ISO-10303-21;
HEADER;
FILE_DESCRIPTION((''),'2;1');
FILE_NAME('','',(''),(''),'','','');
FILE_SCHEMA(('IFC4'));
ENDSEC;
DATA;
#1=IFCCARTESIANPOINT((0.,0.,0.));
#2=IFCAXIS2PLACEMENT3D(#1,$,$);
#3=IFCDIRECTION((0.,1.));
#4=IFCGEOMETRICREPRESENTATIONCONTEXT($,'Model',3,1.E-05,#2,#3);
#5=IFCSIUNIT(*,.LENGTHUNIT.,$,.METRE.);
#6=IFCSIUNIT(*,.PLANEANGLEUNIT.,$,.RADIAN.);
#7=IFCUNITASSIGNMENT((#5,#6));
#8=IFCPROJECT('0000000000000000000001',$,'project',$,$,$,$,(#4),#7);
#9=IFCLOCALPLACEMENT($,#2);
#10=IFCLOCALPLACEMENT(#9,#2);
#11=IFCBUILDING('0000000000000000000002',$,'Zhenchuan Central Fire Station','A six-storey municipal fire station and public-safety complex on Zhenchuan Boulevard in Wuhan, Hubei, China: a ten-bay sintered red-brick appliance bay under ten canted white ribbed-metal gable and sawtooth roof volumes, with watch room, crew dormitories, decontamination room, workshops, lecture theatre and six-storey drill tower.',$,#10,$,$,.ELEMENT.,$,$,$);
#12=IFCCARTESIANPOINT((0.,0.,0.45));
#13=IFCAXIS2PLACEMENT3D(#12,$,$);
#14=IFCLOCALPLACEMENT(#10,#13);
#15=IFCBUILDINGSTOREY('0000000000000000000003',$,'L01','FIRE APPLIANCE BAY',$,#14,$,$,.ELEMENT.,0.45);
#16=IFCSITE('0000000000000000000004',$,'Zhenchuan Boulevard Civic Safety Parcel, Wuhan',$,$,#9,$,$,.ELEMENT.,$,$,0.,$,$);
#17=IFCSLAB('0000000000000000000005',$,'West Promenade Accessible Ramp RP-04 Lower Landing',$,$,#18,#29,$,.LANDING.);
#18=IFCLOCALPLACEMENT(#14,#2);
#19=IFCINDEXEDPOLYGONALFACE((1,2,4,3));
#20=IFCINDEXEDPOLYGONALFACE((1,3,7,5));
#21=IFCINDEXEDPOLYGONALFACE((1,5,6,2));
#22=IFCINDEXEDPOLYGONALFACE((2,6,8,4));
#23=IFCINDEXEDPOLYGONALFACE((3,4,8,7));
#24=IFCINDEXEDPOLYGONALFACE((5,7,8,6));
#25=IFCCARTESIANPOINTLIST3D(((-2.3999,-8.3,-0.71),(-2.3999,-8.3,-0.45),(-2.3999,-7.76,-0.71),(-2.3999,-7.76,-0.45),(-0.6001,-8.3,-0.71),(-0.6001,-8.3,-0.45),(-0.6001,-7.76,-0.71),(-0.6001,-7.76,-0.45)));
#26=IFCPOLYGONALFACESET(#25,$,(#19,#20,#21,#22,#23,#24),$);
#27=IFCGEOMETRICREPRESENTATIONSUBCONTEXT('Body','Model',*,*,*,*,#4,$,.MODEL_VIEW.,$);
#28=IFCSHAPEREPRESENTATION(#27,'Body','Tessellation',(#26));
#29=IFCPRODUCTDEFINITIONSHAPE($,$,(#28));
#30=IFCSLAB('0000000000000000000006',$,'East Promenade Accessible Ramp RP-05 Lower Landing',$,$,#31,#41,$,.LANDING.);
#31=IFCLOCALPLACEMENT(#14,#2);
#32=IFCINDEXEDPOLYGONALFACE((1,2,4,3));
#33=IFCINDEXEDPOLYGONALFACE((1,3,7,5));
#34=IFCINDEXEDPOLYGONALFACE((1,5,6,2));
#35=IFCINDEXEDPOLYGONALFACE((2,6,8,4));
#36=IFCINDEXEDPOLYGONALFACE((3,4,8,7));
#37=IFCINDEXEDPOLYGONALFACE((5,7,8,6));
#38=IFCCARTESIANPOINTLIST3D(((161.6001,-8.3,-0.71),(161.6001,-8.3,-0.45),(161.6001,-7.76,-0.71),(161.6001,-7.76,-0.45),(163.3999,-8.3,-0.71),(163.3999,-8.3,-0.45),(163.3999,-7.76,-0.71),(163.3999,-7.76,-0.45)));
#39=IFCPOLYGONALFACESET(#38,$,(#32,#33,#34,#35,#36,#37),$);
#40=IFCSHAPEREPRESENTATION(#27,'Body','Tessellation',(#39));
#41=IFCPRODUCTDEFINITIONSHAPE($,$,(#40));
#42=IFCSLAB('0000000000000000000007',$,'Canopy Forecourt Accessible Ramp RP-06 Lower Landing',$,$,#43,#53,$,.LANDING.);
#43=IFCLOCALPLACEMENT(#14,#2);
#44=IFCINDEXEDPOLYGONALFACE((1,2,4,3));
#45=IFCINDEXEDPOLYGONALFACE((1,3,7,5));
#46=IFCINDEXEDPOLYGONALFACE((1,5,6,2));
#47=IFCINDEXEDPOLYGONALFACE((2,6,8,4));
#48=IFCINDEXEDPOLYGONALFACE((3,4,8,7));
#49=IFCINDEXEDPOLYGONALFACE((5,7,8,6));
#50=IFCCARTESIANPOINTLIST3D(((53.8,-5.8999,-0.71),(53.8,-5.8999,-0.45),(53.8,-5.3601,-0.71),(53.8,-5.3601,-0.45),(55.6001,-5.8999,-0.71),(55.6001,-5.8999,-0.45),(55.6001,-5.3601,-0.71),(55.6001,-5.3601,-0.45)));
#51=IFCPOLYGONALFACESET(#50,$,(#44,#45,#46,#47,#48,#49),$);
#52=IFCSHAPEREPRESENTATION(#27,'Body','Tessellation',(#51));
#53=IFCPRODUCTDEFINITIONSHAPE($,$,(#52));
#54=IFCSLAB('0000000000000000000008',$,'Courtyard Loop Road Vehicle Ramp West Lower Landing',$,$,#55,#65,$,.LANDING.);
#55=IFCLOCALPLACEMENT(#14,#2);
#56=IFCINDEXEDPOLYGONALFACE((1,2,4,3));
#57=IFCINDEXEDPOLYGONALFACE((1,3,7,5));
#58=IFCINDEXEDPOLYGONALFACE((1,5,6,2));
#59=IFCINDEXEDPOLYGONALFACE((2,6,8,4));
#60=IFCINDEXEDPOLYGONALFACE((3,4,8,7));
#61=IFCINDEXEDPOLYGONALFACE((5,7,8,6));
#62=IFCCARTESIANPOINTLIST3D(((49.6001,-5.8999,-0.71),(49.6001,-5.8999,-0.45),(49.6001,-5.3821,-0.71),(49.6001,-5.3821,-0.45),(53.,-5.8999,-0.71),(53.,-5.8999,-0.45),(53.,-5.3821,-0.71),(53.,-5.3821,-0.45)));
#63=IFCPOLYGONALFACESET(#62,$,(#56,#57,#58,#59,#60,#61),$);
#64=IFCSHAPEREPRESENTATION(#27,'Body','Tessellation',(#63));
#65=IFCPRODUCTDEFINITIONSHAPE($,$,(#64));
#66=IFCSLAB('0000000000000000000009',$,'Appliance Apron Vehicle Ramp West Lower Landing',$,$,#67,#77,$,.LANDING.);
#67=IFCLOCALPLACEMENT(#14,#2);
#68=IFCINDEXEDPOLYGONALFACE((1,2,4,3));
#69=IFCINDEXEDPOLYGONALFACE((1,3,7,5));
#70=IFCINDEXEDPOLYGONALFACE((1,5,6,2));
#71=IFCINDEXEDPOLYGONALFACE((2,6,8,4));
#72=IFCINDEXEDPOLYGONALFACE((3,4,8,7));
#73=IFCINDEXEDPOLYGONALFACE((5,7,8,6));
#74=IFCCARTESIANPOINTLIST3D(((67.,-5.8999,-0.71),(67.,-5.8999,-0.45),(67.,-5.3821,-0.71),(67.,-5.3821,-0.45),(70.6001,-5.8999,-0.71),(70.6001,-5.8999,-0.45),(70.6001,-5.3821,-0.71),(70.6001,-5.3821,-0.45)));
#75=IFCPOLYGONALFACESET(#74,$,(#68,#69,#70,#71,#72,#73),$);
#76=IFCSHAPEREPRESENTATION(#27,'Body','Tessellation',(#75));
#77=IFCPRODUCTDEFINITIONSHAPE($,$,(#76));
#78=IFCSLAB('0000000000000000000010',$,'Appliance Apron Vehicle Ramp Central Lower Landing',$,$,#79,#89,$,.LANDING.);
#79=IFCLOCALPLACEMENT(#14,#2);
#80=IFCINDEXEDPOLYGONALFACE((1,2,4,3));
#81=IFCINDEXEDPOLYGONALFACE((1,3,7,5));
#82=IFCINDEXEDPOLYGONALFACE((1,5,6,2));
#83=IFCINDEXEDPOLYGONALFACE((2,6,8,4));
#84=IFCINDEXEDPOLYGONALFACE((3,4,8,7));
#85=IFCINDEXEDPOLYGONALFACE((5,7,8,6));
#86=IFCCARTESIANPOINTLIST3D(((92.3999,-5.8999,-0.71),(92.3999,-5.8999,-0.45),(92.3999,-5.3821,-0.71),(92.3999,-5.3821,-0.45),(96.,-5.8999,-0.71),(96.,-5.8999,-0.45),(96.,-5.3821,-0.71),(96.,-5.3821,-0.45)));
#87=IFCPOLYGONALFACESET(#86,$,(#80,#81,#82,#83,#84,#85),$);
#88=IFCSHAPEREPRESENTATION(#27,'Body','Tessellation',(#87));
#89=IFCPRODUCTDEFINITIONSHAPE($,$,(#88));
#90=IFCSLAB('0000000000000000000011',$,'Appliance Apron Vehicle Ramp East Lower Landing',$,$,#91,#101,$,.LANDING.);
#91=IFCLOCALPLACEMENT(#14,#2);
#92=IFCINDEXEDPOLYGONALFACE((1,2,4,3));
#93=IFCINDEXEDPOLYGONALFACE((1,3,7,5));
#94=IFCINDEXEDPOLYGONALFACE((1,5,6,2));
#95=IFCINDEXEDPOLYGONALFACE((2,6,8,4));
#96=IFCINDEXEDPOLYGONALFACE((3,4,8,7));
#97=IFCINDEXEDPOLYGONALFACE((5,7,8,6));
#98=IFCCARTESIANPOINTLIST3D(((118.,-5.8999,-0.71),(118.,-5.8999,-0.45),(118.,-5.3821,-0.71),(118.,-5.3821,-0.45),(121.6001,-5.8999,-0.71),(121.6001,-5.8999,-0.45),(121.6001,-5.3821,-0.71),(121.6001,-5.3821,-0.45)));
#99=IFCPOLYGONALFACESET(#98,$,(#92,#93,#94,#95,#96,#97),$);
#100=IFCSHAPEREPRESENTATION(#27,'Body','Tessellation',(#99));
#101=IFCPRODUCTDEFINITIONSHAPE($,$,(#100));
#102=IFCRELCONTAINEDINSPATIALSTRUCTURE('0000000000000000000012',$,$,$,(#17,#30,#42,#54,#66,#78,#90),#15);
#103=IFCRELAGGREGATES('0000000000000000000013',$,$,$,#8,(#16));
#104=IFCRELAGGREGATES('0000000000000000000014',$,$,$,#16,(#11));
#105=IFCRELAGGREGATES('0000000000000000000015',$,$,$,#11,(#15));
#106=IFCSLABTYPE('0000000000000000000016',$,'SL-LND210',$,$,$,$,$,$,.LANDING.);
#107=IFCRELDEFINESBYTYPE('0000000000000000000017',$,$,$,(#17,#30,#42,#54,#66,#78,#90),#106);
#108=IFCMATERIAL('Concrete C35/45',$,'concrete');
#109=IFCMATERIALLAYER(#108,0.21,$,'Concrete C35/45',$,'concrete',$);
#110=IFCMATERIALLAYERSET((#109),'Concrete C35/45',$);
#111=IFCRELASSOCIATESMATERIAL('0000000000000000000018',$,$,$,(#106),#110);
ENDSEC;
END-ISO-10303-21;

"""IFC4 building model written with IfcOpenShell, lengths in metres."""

from ifc_helpers import new_model, si_unit, direction, frame, origin, place, context, subcontext, project, spatial, polyline, outline, extrude, material, layer, layer_set, type_object, element, save


model = new_model("IFC4")

# Units and contexts
model_context = context("Model", 3, precision=1e-05, world=origin(), true_north=direction((0.0, 1.0)))
body_context = subcontext(model_context, "Body", "Model", "MODEL_VIEW")
ifc_project = project(units=[si_unit("LENGTHUNIT", "METRE"), si_unit("PLANEANGLEUNIT", "RADIAN")], contexts=[model_context])

# Site, building, storey
site_placement = place(None, origin())
site = spatial("IfcSite", under=ifc_project, at=site_placement, Name="Zhenchuan Boulevard Civic Safety Parcel, Wuhan", CompositionType="ELEMENT", RefElevation=0.0)
building_placement = place(site_placement, origin())
building = spatial("IfcBuilding", under=site, at=building_placement, Name="Zhenchuan Central Fire Station", Description="A six-storey municipal fire station and public-safety complex on Zhenchuan Boulevard in Wuhan, Hubei, China: a ten-bay sintered red-brick appliance bay under ten canted white ribbed-metal gable and sawtooth roof volumes, with watch room, crew dormitories, decontamination room, workshops, lecture theatre and six-storey drill tower.", CompositionType="ELEMENT")
storey_placement = place(building_placement, frame((0.0, 0.0, 0.45)))
storey = spatial("IfcBuildingStorey", under=building, at=storey_placement, Name="L01", Description="FIRE APPLIANCE BAY", CompositionType="ELEMENT", Elevation=0.45)

# Shared definitions
ifc_material = material(Name="Concrete C35/45", Category="concrete")

# Slabs
ifc_layer_1 = layer(ifc_material, 0.21, Name="Concrete C35/45", Category="concrete")
ifc_layer_set_1 = layer_set([ifc_layer_1], Name="Concrete C35/45")
slab_type_1 = type_object("IfcSlabType", Name="SL-LND210", PredefinedType="LANDING", material=ifc_layer_set_1)
slab_1_placement = place(storey_placement, frame((0.0, 0.0, -0.71)))
element("IfcSlab", 1, at=slab_1_placement, inside=storey, type_object=slab_type_1, Name="West Promenade Accessible Ramp RP-04 Lower Landing", PredefinedType="LANDING", context=body_context, shape_type="SweptSolid", body=[
    extrude(outline(polyline([(-2.3999, -8.3), (-0.6001, -8.3), (-0.6001, -7.76), (-2.3999, -7.76), (-2.3999, -8.3)])), origin(), (0.0, 0.0, 1.0), 0.26),
])
slab_2_placement = place(storey_placement, frame((0.0, 0.0, -0.71)))
element("IfcSlab", 2, at=slab_2_placement, inside=storey, type_object=slab_type_1, Name="East Promenade Accessible Ramp RP-05 Lower Landing", PredefinedType="LANDING", context=body_context, shape_type="SweptSolid", body=[
    extrude(outline(polyline([(161.6001, -8.3), (163.3999, -8.3), (163.3999, -7.76), (161.6001, -7.76), (161.6001, -8.3)])), origin(), (0.0, 0.0, 1.0), 0.26),
])
slab_3_placement = place(storey_placement, frame((0.0, 0.0, -0.71)))
element("IfcSlab", 3, at=slab_3_placement, inside=storey, type_object=slab_type_1, Name="Canopy Forecourt Accessible Ramp RP-06 Lower Landing", PredefinedType="LANDING", context=body_context, shape_type="SweptSolid", body=[
    extrude(outline(polyline([(53.8, -5.8999), (55.6001, -5.8999), (55.6001, -5.3601), (53.8, -5.3601), (53.8, -5.8999)])), origin(), (0.0, 0.0, 1.0), 0.26),
])
slab_4_placement = place(storey_placement, frame((0.0, 0.0, -0.71)))
element("IfcSlab", 4, at=slab_4_placement, inside=storey, type_object=slab_type_1, Name="Courtyard Loop Road Vehicle Ramp West Lower Landing", PredefinedType="LANDING", context=body_context, shape_type="SweptSolid", body=[
    extrude(outline(polyline([(49.6001, -5.8999), (53.0, -5.8999), (53.0, -5.3821), (49.6001, -5.3821), (49.6001, -5.8999)])), origin(), (0.0, 0.0, 1.0), 0.26),
])
slab_5_placement = place(storey_placement, frame((0.0, 0.0, -0.71)))
element("IfcSlab", 5, at=slab_5_placement, inside=storey, type_object=slab_type_1, Name="Appliance Apron Vehicle Ramp West Lower Landing", PredefinedType="LANDING", context=body_context, shape_type="SweptSolid", body=[
    extrude(outline(polyline([(67.0, -5.8999), (70.6001, -5.8999), (70.6001, -5.3821), (67.0, -5.3821), (67.0, -5.8999)])), origin(), (0.0, 0.0, 1.0), 0.26),
])
slab_6_placement = place(storey_placement, frame((0.0, 0.0, -0.71)))
element("IfcSlab", 6, at=slab_6_placement, inside=storey, type_object=slab_type_1, Name="Appliance Apron Vehicle Ramp Central Lower Landing", PredefinedType="LANDING", context=body_context, shape_type="SweptSolid", body=[
    extrude(outline(polyline([(92.3999, -5.8999), (96.0, -5.8999), (96.0, -5.3821), (92.3999, -5.3821), (92.3999, -5.8999)])), origin(), (0.0, 0.0, 1.0), 0.26),
])
slab_7_placement = place(storey_placement, frame((0.0, 0.0, -0.71)))
element("IfcSlab", 7, at=slab_7_placement, inside=storey, type_object=slab_type_1, Name="Appliance Apron Vehicle Ramp East Lower Landing", PredefinedType="LANDING", context=body_context, shape_type="SweptSolid", body=[
    extrude(outline(polyline([(118.0, -5.8999), (121.6001, -5.8999), (121.6001, -5.3821), (118.0, -5.3821), (118.0, -5.8999)])), origin(), (0.0, 0.0, 1.0), 0.26),
])

save(model, "model.ifc")
